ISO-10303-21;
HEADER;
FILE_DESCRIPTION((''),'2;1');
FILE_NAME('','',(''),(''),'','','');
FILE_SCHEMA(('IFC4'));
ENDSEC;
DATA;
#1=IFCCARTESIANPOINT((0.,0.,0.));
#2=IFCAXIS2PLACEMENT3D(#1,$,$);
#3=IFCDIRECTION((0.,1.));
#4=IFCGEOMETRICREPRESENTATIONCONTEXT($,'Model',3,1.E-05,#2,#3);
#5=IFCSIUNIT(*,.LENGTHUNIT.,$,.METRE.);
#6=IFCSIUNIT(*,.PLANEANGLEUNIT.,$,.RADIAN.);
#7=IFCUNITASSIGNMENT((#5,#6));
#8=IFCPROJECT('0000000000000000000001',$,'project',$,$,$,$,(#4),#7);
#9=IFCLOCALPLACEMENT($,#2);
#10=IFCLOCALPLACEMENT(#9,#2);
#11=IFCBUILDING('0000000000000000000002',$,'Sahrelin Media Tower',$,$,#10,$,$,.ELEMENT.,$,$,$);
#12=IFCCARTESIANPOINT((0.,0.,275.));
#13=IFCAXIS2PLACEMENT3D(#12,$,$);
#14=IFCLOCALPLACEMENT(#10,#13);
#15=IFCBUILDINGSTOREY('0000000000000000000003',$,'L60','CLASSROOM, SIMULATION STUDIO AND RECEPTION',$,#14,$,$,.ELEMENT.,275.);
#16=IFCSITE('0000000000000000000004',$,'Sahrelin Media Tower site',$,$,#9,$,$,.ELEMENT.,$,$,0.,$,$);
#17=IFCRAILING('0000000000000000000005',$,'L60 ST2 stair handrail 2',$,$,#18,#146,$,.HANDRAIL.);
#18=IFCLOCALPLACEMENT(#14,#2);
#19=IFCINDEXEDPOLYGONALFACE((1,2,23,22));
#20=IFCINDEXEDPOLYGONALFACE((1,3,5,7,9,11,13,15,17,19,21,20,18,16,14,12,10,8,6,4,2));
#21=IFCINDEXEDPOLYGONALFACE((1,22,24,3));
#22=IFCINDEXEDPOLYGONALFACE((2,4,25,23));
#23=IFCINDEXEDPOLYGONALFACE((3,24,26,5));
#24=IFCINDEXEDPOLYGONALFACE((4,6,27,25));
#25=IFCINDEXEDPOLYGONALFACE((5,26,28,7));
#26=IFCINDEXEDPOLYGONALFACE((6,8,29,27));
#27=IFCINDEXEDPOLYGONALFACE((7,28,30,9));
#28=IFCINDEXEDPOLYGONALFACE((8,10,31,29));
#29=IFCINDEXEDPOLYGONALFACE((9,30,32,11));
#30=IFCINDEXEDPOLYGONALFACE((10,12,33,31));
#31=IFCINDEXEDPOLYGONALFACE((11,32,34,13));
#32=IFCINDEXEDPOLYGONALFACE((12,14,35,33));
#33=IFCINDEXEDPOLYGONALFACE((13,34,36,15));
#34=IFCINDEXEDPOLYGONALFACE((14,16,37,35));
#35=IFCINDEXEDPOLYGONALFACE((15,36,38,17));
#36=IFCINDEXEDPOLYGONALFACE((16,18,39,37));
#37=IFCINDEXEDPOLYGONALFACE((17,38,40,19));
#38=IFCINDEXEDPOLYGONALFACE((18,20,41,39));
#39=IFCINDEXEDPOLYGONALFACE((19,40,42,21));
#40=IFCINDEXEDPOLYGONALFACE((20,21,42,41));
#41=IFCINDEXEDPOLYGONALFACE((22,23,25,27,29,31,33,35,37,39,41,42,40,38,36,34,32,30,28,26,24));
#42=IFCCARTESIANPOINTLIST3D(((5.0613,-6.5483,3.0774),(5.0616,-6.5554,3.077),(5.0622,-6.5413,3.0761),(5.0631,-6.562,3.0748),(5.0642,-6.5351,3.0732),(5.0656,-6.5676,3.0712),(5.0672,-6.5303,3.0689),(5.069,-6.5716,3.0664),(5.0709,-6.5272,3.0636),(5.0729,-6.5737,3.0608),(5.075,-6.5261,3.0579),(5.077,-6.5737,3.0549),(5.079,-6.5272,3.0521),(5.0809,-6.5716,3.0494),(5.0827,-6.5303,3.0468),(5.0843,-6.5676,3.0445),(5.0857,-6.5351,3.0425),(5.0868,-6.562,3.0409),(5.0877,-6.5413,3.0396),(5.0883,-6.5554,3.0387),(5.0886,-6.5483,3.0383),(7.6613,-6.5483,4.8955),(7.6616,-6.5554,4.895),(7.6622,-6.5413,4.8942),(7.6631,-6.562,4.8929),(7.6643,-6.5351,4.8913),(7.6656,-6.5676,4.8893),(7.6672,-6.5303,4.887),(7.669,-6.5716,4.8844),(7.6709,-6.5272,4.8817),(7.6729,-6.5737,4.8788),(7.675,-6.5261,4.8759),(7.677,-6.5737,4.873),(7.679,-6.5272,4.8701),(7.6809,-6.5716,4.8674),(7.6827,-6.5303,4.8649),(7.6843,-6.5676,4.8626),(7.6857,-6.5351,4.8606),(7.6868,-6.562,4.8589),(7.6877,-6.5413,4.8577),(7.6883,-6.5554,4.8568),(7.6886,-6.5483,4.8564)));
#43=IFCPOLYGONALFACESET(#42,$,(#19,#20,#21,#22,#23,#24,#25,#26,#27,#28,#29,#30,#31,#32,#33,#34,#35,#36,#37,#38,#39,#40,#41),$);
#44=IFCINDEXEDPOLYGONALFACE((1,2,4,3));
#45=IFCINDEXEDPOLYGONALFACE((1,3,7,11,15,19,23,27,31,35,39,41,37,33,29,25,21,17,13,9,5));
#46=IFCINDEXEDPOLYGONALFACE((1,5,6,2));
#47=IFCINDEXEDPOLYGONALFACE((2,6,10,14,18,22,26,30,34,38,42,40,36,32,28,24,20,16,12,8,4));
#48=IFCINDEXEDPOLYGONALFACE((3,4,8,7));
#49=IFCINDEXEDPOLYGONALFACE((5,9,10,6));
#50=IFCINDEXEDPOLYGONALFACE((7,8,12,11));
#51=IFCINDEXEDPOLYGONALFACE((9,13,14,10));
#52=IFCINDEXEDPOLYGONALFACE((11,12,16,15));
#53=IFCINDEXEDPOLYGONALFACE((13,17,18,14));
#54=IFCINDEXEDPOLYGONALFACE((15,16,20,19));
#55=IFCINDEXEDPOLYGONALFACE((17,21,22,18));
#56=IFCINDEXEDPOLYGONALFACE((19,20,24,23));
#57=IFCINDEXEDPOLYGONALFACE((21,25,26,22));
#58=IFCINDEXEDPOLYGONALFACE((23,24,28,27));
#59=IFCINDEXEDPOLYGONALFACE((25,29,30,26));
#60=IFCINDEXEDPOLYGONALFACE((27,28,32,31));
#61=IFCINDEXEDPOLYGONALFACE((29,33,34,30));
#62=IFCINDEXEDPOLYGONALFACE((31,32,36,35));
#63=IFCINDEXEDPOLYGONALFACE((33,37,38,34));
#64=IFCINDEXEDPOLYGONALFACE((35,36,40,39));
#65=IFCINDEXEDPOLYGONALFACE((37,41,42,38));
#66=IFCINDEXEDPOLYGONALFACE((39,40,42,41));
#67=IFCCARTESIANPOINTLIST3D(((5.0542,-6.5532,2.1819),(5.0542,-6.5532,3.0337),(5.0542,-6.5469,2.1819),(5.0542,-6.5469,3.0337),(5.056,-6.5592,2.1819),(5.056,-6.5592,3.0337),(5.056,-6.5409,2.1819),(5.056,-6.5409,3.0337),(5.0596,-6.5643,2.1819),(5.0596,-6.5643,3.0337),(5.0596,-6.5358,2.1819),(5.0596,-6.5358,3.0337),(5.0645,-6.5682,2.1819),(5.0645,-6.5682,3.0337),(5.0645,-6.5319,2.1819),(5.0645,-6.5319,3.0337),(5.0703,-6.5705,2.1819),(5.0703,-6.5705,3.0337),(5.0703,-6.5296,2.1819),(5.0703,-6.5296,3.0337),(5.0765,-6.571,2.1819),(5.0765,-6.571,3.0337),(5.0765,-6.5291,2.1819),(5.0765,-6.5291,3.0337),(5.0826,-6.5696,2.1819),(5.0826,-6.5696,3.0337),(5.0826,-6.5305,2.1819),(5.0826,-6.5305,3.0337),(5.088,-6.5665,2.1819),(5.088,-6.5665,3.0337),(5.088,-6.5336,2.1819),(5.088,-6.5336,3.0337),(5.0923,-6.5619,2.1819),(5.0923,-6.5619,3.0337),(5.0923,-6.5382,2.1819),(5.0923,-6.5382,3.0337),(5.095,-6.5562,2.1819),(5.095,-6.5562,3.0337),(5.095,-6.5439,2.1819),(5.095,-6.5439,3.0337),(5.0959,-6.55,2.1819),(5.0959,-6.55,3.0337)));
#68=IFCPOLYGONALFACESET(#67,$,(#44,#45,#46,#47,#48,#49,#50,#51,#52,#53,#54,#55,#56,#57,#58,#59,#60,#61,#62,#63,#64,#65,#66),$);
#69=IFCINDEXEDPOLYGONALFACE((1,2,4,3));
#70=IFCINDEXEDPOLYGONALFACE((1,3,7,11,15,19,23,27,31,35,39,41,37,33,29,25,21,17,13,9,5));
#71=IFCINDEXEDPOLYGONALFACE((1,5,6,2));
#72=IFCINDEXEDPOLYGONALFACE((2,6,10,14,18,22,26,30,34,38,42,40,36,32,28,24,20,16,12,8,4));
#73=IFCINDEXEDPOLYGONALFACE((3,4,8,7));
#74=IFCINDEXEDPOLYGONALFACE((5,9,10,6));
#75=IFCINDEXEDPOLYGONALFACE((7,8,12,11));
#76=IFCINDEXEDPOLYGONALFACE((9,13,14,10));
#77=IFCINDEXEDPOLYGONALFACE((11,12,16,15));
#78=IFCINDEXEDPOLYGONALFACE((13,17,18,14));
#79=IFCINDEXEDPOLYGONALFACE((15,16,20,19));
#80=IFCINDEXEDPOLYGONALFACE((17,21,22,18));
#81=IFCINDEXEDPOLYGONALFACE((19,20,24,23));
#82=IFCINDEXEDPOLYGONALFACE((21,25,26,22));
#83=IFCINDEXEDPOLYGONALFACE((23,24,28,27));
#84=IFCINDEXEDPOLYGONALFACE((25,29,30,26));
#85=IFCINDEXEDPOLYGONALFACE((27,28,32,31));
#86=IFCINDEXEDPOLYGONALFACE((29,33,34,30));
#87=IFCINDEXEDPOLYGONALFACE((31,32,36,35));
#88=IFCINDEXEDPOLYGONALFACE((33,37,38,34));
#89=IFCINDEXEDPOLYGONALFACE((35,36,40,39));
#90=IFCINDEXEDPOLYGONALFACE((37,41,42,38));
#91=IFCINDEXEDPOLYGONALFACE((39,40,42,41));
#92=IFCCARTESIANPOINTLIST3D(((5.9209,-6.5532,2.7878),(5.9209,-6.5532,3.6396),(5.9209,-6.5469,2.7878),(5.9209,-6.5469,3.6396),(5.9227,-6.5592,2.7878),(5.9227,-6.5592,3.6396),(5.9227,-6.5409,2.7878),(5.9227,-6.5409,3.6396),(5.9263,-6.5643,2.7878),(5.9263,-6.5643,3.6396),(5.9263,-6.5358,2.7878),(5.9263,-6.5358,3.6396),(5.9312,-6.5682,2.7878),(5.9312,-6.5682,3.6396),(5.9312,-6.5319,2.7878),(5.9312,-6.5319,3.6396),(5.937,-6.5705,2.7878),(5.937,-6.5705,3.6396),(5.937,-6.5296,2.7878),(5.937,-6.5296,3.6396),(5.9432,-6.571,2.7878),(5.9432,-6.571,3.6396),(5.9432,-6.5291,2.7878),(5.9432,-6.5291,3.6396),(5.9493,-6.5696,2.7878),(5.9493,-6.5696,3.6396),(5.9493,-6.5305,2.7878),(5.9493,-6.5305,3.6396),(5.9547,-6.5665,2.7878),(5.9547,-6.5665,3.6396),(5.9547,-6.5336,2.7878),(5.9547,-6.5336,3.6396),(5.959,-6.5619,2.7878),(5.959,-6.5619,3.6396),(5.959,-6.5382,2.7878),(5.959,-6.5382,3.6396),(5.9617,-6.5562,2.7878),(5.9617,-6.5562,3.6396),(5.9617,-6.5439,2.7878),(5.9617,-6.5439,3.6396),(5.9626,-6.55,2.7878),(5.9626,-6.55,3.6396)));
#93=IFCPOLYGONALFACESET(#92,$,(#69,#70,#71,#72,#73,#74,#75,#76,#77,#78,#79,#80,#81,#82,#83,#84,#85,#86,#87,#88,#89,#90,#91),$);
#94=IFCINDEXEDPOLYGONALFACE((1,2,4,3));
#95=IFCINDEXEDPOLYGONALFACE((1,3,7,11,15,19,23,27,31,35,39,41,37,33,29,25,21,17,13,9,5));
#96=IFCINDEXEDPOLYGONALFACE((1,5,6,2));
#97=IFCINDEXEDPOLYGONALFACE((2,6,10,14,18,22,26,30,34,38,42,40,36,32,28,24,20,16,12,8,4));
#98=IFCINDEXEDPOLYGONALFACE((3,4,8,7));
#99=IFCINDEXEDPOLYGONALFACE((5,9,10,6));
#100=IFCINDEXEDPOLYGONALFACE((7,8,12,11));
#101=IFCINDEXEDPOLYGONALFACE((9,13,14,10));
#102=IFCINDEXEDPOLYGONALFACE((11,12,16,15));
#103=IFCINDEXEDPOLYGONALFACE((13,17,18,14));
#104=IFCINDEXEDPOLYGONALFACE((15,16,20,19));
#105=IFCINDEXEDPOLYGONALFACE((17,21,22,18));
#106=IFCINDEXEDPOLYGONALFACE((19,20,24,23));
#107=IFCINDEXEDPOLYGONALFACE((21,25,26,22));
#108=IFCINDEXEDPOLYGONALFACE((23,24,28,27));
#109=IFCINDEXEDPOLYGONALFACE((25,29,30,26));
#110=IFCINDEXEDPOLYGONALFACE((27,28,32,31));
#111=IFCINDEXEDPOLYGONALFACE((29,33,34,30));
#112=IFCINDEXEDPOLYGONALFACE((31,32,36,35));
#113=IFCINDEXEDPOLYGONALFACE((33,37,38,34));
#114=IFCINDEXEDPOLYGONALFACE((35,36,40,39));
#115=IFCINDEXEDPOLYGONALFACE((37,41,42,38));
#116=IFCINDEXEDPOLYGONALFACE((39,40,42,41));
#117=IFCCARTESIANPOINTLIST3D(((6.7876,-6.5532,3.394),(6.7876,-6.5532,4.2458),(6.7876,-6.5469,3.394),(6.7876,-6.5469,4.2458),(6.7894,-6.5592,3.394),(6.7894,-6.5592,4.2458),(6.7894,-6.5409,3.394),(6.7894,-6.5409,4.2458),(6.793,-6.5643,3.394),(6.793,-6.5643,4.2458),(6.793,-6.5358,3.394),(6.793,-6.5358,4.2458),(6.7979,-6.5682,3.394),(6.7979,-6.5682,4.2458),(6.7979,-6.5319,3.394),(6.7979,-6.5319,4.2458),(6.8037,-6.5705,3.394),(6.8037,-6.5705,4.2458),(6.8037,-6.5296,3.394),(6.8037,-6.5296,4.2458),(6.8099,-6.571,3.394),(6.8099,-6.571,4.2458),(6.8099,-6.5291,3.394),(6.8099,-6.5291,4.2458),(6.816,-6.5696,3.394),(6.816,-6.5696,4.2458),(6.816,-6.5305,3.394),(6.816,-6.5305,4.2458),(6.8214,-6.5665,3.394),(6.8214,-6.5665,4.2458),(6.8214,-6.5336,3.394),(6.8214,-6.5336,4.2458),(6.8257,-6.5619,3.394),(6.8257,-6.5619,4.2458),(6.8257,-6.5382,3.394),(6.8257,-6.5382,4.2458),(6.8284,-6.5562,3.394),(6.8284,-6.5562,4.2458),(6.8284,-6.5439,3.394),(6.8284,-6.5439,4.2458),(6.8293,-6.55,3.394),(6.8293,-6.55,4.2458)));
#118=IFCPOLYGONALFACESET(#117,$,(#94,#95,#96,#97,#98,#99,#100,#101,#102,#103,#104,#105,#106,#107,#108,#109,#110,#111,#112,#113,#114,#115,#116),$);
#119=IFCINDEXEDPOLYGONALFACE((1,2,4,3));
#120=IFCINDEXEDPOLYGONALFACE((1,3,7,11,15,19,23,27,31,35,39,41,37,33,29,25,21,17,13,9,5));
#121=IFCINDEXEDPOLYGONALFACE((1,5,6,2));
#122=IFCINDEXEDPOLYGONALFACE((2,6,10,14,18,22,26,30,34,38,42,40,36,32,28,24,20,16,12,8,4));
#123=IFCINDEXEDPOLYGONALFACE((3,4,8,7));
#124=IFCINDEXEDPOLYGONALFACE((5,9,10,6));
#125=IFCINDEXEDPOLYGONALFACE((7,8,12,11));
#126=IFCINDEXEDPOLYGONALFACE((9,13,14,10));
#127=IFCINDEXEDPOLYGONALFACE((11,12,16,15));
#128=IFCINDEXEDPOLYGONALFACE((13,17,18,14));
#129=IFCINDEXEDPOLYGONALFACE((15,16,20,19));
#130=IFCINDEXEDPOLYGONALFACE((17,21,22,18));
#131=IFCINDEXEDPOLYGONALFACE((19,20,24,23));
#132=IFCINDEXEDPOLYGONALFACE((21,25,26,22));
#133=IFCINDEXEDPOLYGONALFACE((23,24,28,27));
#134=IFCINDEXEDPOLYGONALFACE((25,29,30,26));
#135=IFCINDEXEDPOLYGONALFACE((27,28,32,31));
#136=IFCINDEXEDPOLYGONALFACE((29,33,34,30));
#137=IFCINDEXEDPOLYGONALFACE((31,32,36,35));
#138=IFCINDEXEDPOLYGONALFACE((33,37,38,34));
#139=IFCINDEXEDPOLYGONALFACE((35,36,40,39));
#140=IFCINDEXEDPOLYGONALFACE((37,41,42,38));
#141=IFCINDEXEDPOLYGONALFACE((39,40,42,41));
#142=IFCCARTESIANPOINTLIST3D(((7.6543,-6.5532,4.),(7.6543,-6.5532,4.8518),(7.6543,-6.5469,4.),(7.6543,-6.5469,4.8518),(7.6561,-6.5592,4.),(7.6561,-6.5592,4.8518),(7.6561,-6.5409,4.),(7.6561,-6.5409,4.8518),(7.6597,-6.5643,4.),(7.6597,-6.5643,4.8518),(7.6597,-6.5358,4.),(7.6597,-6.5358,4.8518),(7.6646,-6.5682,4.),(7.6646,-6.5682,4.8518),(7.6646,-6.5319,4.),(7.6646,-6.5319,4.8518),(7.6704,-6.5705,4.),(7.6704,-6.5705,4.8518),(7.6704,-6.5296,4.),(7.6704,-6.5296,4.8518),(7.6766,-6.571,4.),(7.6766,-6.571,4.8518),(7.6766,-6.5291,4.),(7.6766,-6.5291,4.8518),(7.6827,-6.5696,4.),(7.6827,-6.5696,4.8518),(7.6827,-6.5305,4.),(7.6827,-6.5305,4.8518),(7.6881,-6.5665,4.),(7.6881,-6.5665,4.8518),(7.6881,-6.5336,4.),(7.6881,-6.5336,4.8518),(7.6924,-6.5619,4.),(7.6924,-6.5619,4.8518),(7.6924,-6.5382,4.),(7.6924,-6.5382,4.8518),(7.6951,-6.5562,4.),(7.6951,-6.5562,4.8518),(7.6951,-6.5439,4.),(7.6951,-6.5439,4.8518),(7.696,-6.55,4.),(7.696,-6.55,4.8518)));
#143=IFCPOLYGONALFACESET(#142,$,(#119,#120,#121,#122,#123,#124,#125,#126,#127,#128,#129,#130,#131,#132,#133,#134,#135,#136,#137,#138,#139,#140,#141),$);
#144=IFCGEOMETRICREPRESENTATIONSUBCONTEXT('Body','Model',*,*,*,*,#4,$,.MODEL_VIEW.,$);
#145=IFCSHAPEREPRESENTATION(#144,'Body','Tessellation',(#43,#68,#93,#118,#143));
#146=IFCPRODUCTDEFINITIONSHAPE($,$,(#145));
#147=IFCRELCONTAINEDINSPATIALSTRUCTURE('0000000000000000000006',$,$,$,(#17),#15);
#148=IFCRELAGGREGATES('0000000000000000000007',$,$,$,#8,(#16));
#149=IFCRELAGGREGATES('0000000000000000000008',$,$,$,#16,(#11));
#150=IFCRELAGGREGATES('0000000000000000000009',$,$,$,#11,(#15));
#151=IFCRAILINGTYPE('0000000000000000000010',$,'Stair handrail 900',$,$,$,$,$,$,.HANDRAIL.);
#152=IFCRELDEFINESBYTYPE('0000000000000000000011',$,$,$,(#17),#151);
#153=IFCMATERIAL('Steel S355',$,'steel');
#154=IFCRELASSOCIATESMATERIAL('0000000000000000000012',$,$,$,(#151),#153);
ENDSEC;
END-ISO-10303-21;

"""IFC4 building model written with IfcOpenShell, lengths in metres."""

from ifc_helpers import new_model, si_unit, direction, frame, origin, origin_2d, place, context, subcontext, project, spatial, circle, extrude, material, type_object, element, save


model = new_model("IFC4")

# Units and contexts
model_context = context("Model", 3, precision=1e-05, world=origin(), true_north=direction((0.0, 1.0)))
body_context = subcontext(model_context, "Body", "Model", "MODEL_VIEW")
ifc_project = project(units=[si_unit("LENGTHUNIT", "METRE"), si_unit("PLANEANGLEUNIT", "RADIAN")], contexts=[model_context])

# Site, building, storey
site_placement = place(None, origin())
site = spatial("IfcSite", under=ifc_project, at=site_placement, Name="Sahrelin Media Tower site", CompositionType="ELEMENT", RefElevation=0.0)
building_placement = place(site_placement, origin())
building = spatial("IfcBuilding", under=site, at=building_placement, Name="Sahrelin Media Tower", CompositionType="ELEMENT")
storey_placement = place(building_placement, frame((0.0, 0.0, 275.0)))
storey = spatial("IfcBuildingStorey", under=building, at=storey_placement, Name="L60", Description="CLASSROOM, SIMULATION STUDIO AND RECEPTION", CompositionType="ELEMENT", Elevation=275.0)

# Shared definitions
ifc_material_1 = material(Name="Steel S355", Category="steel")

# Railing
railing_type_1 = type_object("IfcRailingType", Name="Stair handrail 900", PredefinedType="HANDRAIL", material=ifc_material_1)
railing_1_placement = place(storey_placement, frame((5.075, -6.55, 2.1819)))
element("IfcRailing", 1, at=railing_1_placement, inside=storey, type_object=railing_type_1, Name="L60 ST2 stair handrail 2", PredefinedType="HANDRAIL", context=body_context, shape_type="SweptSolid", body=[
    extrude(circle(Radius=0.0239, at=origin_2d()), frame((0.0, 0.0, 0.876), z_axis=(0.819521, 0.0, 0.573049), x_axis=(0.0, 1.0, 0.0)), (0.0, 0.0, 1.0), 3.1726),
    extrude(circle(Radius=0.021, at=origin_2d()), origin(), (0.0, 0.0, 1.0), 0.8518),
    extrude(circle(Radius=0.021, at=origin_2d()), frame((0.8667, 0.0, 0.606)), (0.0, 0.0, 1.0), 0.8518),
    extrude(circle(Radius=0.021, at=origin_2d()), frame((1.7334, 0.0, 1.2122)), (0.0, 0.0, 1.0), 0.8518),
    extrude(circle(Radius=0.021, at=origin_2d()), frame((2.6001, 0.0, 1.8181)), (0.0, 0.0, 1.0), 0.8518),
])

save(model, "model.ifc")
